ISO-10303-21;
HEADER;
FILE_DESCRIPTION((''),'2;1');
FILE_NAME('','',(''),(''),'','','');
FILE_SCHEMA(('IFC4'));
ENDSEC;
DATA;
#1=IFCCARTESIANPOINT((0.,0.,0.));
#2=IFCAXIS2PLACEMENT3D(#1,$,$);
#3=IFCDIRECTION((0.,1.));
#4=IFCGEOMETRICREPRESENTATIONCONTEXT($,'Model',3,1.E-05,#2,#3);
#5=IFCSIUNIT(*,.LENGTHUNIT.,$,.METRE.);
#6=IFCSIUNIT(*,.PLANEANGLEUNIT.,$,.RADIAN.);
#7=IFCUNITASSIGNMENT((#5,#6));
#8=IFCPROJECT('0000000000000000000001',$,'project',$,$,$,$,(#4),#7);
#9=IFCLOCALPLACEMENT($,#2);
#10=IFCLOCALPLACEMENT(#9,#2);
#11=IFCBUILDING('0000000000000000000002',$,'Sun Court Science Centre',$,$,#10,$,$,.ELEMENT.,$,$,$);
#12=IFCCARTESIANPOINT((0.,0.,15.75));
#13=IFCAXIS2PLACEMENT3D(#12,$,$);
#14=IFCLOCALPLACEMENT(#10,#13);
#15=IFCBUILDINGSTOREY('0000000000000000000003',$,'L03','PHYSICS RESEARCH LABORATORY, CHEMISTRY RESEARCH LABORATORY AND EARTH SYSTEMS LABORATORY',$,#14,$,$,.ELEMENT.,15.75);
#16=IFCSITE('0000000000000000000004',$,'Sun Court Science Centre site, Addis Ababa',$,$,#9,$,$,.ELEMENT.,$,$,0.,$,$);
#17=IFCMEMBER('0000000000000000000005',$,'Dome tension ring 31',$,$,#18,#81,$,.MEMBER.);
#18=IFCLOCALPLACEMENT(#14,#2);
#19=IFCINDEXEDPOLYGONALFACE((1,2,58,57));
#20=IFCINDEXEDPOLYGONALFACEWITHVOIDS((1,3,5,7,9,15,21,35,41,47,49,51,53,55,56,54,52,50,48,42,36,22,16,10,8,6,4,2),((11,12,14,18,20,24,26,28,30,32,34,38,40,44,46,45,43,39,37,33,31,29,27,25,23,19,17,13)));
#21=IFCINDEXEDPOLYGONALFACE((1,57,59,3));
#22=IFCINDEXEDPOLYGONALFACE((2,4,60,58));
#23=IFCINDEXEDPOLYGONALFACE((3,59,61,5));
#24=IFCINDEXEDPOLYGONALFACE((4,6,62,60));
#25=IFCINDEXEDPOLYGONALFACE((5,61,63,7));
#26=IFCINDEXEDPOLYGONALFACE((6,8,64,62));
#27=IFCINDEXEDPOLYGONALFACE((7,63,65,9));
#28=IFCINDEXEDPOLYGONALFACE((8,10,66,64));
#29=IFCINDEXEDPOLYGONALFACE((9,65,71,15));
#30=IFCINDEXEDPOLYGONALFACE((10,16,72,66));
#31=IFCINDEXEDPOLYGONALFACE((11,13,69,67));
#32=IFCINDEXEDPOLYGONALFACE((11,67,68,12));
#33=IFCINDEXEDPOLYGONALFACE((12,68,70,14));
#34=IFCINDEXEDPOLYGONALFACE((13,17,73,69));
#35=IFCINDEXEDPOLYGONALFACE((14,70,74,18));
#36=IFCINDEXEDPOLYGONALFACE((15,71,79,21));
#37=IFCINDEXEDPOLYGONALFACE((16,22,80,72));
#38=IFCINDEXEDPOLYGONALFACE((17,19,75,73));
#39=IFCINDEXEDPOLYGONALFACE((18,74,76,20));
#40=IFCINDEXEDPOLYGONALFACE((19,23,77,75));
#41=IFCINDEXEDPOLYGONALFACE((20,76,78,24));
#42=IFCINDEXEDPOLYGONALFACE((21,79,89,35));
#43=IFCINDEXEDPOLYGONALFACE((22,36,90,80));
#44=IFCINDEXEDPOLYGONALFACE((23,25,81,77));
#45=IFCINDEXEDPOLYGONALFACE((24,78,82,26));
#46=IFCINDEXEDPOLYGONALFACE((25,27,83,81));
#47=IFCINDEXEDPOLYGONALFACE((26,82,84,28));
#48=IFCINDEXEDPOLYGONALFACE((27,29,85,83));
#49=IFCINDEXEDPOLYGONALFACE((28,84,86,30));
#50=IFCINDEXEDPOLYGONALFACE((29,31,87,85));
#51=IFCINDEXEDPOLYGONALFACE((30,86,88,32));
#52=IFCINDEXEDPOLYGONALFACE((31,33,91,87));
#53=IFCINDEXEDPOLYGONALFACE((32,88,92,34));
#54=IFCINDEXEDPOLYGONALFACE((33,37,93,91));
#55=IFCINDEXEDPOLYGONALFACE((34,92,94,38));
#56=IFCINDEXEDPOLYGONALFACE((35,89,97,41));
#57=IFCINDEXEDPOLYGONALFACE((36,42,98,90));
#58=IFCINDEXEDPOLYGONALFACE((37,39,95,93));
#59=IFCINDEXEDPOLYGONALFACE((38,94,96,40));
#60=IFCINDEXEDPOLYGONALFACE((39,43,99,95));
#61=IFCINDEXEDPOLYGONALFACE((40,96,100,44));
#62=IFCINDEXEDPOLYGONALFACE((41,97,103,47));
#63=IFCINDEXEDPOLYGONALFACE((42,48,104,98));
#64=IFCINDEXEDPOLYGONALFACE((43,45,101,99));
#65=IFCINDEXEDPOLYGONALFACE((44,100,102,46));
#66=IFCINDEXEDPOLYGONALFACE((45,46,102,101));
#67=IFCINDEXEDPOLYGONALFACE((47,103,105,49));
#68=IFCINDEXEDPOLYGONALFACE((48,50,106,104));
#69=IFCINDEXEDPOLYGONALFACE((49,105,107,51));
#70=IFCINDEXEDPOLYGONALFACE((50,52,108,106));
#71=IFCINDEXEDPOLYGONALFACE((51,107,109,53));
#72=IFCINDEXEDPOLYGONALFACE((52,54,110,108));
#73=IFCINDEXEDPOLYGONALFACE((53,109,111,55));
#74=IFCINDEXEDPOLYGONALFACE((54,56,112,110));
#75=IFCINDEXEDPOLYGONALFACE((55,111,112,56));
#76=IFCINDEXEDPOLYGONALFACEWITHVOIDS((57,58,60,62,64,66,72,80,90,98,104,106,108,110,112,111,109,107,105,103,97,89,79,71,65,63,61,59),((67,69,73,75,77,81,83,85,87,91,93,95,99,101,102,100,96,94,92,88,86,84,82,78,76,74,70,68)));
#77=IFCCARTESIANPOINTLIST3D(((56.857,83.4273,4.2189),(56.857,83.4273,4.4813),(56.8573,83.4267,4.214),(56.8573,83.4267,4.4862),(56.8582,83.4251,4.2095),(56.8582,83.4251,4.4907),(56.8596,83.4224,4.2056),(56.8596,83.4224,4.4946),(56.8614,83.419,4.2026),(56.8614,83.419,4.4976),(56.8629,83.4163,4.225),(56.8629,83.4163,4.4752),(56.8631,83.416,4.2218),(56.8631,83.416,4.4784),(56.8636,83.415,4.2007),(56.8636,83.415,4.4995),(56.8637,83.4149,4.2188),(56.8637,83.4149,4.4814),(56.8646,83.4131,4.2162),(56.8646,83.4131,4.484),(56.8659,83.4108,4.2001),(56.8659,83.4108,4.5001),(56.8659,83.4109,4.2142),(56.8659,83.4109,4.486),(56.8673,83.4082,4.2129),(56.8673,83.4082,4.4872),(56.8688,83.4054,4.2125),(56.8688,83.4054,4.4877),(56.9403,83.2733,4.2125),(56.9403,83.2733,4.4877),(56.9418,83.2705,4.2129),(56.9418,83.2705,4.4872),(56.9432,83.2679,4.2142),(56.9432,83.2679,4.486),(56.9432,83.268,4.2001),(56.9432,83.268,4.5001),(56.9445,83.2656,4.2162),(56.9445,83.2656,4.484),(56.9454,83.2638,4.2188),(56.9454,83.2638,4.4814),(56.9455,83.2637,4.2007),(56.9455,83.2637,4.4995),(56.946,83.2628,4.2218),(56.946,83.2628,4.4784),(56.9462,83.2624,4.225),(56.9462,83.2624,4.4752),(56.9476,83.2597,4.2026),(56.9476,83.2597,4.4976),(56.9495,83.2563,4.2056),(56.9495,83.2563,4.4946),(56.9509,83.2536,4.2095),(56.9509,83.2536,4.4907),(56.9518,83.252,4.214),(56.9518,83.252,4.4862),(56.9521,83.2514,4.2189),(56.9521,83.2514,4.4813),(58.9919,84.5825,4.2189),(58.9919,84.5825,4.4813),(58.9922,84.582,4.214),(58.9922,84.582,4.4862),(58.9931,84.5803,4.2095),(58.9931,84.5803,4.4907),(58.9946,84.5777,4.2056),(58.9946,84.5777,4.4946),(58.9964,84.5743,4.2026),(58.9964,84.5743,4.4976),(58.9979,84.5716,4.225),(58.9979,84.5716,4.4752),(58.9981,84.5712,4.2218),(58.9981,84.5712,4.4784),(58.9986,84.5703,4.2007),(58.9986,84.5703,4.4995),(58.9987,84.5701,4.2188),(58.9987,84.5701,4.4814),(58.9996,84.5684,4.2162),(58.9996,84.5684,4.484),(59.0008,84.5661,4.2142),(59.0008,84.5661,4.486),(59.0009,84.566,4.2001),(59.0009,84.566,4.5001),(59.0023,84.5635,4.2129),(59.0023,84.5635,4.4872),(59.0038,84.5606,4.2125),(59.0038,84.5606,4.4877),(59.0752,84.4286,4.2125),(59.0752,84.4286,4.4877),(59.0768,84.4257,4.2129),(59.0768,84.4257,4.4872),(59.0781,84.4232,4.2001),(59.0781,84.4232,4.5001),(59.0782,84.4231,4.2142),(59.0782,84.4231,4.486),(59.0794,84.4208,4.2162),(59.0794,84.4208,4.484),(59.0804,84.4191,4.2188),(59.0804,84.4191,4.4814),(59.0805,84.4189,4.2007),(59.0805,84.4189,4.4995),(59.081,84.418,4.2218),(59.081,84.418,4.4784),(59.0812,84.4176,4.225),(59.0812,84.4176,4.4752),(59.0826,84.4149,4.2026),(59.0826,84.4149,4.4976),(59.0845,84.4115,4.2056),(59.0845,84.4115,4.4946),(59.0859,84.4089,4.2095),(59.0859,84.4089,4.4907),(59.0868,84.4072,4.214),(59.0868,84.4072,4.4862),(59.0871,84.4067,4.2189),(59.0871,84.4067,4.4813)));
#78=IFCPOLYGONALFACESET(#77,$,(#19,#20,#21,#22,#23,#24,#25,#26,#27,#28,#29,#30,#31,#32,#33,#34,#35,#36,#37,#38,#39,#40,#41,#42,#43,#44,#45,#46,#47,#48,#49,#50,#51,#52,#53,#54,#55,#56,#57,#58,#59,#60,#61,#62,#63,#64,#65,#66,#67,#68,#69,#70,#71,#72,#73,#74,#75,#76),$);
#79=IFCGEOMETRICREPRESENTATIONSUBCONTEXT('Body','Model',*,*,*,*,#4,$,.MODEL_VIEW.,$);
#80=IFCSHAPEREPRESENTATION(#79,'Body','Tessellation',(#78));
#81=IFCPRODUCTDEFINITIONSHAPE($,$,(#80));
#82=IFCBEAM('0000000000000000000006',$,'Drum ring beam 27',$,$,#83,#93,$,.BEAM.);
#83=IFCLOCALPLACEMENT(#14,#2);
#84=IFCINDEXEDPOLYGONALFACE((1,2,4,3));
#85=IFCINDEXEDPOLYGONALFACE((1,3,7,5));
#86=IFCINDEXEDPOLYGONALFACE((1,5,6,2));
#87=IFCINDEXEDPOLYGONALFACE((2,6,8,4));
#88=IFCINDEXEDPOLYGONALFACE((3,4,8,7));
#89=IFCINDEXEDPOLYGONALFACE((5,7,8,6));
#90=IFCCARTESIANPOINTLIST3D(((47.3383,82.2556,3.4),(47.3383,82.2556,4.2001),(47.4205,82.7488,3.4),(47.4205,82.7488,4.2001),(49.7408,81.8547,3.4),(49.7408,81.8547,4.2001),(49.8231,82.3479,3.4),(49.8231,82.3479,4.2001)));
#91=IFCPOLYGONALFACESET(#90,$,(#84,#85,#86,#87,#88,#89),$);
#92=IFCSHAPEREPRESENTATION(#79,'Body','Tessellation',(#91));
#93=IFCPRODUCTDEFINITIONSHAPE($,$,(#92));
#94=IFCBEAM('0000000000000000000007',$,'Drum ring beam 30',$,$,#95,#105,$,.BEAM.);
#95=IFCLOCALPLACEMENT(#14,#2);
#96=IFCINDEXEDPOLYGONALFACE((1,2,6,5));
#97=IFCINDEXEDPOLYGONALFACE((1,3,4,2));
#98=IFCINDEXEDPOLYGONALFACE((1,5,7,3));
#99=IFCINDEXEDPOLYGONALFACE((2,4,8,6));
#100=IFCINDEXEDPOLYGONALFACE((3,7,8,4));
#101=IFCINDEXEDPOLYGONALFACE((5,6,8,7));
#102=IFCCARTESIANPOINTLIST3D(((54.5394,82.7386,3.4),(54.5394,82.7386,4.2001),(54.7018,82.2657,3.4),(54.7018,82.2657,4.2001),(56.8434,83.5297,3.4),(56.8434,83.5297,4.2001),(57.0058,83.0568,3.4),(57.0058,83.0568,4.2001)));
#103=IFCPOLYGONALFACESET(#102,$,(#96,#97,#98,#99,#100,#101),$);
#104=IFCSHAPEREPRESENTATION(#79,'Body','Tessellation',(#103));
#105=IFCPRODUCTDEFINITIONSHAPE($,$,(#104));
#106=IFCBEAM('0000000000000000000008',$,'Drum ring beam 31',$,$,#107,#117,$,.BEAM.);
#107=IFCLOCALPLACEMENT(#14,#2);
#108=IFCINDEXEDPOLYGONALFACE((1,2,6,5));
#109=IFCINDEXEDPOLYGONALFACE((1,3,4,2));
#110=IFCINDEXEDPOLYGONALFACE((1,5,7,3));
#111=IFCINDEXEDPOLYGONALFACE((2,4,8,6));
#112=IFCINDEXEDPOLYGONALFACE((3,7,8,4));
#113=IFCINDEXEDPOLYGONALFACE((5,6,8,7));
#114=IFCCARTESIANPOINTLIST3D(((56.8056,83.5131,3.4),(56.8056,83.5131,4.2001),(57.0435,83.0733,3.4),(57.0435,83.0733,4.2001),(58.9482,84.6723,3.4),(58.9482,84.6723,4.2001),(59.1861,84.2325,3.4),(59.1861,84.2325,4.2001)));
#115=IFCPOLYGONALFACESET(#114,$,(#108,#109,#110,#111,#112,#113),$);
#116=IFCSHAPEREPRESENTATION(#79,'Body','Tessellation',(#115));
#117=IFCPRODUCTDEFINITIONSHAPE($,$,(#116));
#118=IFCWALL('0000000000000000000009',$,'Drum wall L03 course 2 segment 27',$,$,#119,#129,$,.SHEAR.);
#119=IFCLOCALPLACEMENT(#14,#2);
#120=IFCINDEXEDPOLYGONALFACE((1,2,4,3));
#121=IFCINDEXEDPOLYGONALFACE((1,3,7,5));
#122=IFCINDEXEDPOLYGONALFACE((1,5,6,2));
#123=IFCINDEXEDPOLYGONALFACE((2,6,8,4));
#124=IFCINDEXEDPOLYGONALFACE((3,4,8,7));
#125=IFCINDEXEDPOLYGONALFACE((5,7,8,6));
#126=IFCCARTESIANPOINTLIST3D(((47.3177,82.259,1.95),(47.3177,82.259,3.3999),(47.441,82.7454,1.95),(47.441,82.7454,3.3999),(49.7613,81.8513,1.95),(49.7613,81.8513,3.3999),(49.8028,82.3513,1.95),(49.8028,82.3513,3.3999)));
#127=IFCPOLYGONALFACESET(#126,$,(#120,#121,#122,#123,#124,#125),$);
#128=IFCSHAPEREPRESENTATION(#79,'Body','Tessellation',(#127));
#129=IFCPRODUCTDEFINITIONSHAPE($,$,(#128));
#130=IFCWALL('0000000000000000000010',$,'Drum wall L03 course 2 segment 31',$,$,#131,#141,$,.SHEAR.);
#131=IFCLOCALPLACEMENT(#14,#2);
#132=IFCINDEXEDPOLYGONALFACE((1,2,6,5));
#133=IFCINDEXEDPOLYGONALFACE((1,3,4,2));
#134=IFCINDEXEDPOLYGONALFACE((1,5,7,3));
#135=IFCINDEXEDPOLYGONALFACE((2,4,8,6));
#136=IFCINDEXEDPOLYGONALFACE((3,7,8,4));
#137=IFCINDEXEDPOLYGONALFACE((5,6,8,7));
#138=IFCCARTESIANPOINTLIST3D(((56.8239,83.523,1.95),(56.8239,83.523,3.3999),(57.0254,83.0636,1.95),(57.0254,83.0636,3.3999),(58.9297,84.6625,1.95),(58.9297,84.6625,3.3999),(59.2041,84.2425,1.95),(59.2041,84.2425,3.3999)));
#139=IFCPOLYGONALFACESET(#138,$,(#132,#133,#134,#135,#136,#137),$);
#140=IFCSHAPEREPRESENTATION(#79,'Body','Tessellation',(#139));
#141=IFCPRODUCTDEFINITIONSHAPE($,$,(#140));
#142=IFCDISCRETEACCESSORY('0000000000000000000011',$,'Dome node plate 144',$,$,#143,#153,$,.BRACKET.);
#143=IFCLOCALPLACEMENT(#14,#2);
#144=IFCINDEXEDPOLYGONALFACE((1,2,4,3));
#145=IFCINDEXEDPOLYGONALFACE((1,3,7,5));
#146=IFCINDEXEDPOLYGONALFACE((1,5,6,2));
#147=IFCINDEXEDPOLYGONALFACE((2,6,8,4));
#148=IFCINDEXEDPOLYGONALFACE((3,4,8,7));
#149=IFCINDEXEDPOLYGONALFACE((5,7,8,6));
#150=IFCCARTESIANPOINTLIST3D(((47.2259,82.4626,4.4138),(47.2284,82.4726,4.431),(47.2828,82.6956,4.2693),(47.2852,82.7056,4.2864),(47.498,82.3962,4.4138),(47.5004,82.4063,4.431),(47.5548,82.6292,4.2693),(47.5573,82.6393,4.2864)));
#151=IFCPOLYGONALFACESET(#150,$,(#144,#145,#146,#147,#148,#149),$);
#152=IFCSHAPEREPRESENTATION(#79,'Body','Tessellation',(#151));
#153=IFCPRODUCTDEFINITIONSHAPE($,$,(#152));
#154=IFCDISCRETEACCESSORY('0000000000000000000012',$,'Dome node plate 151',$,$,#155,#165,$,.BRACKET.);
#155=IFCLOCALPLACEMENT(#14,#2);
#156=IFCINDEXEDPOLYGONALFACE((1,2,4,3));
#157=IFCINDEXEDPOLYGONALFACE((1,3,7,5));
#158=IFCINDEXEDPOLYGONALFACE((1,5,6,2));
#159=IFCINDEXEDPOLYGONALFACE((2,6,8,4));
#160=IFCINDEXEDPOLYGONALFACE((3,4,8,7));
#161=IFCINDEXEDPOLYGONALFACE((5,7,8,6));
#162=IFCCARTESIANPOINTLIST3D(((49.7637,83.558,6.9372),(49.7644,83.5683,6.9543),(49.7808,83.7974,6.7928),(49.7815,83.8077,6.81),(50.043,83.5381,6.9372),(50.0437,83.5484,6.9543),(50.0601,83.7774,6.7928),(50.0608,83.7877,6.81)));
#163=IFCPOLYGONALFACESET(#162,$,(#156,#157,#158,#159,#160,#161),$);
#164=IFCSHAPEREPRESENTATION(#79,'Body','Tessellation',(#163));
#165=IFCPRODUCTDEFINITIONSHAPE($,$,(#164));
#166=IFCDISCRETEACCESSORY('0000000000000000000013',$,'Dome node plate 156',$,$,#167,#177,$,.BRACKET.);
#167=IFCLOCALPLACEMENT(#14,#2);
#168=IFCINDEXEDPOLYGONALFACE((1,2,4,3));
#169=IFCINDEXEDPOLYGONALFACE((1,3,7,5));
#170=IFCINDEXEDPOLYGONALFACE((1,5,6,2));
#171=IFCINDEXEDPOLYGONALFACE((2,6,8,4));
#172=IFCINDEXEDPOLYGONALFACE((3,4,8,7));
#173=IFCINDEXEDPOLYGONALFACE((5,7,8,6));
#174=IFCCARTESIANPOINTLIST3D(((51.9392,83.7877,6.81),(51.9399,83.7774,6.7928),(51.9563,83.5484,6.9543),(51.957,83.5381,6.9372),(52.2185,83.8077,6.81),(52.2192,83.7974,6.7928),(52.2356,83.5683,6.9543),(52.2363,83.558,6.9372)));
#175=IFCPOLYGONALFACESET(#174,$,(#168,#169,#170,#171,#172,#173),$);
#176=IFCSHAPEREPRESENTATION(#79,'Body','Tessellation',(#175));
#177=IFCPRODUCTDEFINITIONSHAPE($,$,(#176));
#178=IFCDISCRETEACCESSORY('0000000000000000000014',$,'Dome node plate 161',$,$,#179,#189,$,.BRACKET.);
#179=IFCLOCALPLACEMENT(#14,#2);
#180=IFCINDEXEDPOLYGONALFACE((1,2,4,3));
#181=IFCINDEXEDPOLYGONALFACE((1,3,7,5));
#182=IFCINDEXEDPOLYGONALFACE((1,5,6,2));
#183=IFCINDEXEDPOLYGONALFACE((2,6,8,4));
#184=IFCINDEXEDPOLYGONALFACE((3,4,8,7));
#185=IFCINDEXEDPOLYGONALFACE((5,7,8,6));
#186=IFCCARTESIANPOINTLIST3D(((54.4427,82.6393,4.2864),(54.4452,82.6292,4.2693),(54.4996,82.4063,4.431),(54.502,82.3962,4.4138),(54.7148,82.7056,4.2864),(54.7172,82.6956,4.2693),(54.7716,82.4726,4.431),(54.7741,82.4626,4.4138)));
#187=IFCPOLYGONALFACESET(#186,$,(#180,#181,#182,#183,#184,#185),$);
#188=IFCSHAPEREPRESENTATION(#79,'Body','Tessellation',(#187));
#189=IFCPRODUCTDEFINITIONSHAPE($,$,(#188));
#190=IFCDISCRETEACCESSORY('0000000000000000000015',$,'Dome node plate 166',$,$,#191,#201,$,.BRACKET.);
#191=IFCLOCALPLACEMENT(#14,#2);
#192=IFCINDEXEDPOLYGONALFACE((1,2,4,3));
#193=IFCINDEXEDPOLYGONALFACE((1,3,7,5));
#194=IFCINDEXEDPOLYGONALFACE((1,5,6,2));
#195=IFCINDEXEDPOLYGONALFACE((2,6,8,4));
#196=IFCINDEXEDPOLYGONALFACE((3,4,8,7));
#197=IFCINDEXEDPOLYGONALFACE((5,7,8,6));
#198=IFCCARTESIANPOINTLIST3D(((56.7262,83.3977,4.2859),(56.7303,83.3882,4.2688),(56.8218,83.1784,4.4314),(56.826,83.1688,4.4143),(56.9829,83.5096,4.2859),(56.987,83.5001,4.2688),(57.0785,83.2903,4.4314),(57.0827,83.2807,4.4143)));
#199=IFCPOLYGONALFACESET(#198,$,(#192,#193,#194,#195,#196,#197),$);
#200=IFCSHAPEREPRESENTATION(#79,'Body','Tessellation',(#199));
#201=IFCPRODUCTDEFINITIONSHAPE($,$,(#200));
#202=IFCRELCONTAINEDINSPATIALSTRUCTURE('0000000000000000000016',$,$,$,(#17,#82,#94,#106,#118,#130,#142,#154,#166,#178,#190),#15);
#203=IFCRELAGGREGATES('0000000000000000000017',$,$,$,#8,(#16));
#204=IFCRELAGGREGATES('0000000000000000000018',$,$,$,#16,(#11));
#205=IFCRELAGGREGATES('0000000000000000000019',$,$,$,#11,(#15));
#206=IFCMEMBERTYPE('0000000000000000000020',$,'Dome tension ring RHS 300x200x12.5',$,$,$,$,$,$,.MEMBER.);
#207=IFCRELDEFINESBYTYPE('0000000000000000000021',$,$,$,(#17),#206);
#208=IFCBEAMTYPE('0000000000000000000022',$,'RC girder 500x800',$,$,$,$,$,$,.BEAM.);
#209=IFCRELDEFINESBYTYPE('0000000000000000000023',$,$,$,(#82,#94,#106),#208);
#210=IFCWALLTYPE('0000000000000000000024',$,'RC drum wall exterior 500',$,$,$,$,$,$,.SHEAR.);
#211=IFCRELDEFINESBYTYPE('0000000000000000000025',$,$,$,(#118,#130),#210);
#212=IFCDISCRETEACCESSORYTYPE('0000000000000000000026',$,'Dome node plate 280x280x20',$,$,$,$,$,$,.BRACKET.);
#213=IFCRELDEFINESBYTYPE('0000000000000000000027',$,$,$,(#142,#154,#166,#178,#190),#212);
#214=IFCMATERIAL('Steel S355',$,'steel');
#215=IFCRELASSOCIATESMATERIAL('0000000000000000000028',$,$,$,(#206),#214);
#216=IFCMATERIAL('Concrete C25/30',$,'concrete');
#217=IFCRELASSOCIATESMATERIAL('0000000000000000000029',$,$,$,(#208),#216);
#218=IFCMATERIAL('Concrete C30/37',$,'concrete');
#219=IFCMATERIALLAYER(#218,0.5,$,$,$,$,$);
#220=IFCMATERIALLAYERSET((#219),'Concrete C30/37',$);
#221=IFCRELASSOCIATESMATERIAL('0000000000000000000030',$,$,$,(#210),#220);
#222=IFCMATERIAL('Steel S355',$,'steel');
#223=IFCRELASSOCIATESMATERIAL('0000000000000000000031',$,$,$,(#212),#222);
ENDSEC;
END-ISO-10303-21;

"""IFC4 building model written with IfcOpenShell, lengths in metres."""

from ifc_helpers import new_model, si_unit, direction, frame, origin, origin_2d, place, context, subcontext, project, spatial, polyline, rectangle, hollow_rectangle, outline, extrude, material, layer, layer_set, material_profile, profile_set, type_object, element, save


model = new_model("IFC4")

# Units and contexts
model_context = context("Model", 3, precision=1e-05, world=origin(), true_north=direction((0.0, 1.0)))
body_context = subcontext(model_context, "Body", "Model", "MODEL_VIEW")
ifc_project = project(units=[si_unit("LENGTHUNIT", "METRE"), si_unit("PLANEANGLEUNIT", "RADIAN")], contexts=[model_context])

# Site, building, storey
site_placement = place(None, origin())
site = spatial("IfcSite", under=ifc_project, at=site_placement, Name="Sun Court Science Centre site, Addis Ababa", CompositionType="ELEMENT", RefElevation=0.0)
building_placement = place(site_placement, origin())
building = spatial("IfcBuilding", under=site, at=building_placement, Name="Sun Court Science Centre", CompositionType="ELEMENT")
storey_placement = place(building_placement, frame((0.0, 0.0, 15.75)))
storey = spatial("IfcBuildingStorey", under=building, at=storey_placement, Name="L03", Description="PHYSICS RESEARCH LABORATORY, CHEMISTRY RESEARCH LABORATORY AND EARTH SYSTEMS LABORATORY", CompositionType="ELEMENT", Elevation=15.75)

# Member
ifc_material_1 = material(Name="Steel S355", Category="steel")
ifc_material_profile_1 = material_profile(ifc_material_1, hollow_rectangle(XDim=0.2, YDim=0.3, WallThickness=0.0125, InnerFilletRadius=0.0125, OuterFilletRadius=0.0188, at=origin_2d()), Name="RHS 300x200x12.5")
ifc_profile_set_1 = profile_set([ifc_material_profile_1], Name="Steel S355")
member_type_1 = type_object("IfcMemberType", Name="Dome tension ring RHS 300x200x12.5", PredefinedType="MEMBER", material=ifc_profile_set_1)
member_1_placement = place(storey_placement, frame((56.9045, 83.3394, 4.3501), z_axis=(0.879497, 0.475904, 0.0), x_axis=(-0.475904, 0.879497, 0.0)))
element("IfcMember", 1, at=member_1_placement, inside=storey, type_object=member_type_1, Name="Dome tension ring 31", PredefinedType="MEMBER", context=body_context, shape_type="SweptSolid", body=[
    extrude(hollow_rectangle(XDim=0.2, YDim=0.3, WallThickness=0.0125, InnerFilletRadius=0.0125, OuterFilletRadius=0.0188, at=origin_2d()), origin(), (0.0, 0.0, 1.0), 2.4275),
])

# Beams
ifc_material_2 = material(Name="Concrete C25/30", Category="concrete")
ifc_material_profile_2 = material_profile(ifc_material_2, rectangle(XDim=0.5, YDim=0.8, at=origin_2d()), Name="RC 500x800")
ifc_profile_set_2 = profile_set([ifc_material_profile_2], Name="Concrete C25/30")
beam_type = type_object("IfcBeamType", Name="RC girder 500x800", PredefinedType="BEAM", material=ifc_profile_set_2)
beam_placement = place(storey_placement, frame((47.3794, 82.5022, 3.8), z_axis=(0.986364, -0.164578, 0.0), x_axis=(0.164578, 0.986364, 0.0)))
element("IfcBeam", 2, at=beam_placement, inside=storey, type_object=beam_type, Name="Drum ring beam 27", PredefinedType="BEAM", context=body_context, shape_type="SweptSolid", body=[
    extrude(rectangle(XDim=0.5, YDim=0.8, at=origin_2d()), origin(), (0.0, 0.0, 1.0), 2.4358),
])
for number, where, z_axis, x_axis, name in (
    (3, (54.6206, 82.5022, 3.8), (0.945809, 0.324724, 0.0), (-0.324724, 0.945809, 0.0), "Drum ring beam 30"),
    (4, (56.9246, 83.2932, 3.8), (0.87953, 0.475844, 0.0), (-0.475844, 0.87953, 0.0), "Drum ring beam 31"),
):
    element("IfcBeam", number, at=place(storey_placement, frame(where, z_axis=z_axis, x_axis=x_axis)), inside=storey, type_object=beam_type, Name=name, PredefinedType="BEAM", context=body_context, shape_type="SweptSolid", body=[
        extrude(rectangle(XDim=0.5, YDim=0.8, at=origin_2d()), origin(), (0.0, 0.0, 1.0), 2.436),
    ])

# Walls
ifc_material_3 = material(Name="Concrete C30/37", Category="concrete")
ifc_layer = layer(ifc_material_3, 0.5)
ifc_layer_set = layer_set([ifc_layer], Name="Concrete C30/37")
wall_type = type_object("IfcWallType", Name="RC drum wall exterior 500", PredefinedType="SHEAR", material=ifc_layer_set)
wall_1_placement = place(storey_placement, frame((47.3589, 82.5056, 1.95), z_axis=(0.0, 0.0, 1.0), x_axis=(0.986365, -0.164575, 0.0)))
element("IfcWall", 5, at=wall_1_placement, inside=storey, type_object=wall_type, Name="Drum wall L03 course 2 segment 27", PredefinedType="SHEAR", context=body_context, shape_type="SweptSolid", body=[
    extrude(outline(polyline([(0.0, -0.25), (2.4773, -0.25), (2.436, 0.25), (0.0415, 0.25), (0.0, -0.25)])), origin(), (0.0, 0.0, 1.0), 1.45),
])
wall_2_placement = place(storey_placement, frame((56.9065, 83.2832, 1.95), z_axis=(0.0, 0.0, 1.0), x_axis=(0.87945, 0.475991, 0.0)))
element("IfcWall", 6, at=wall_2_placement, inside=storey, type_object=wall_type, Name="Drum wall L03 course 2 segment 31", PredefinedType="SHEAR", context=body_context, shape_type="SweptSolid", body=[
    extrude(outline(polyline([(0.0, -0.2498), (2.4773, -0.25), (2.4358, 0.25), (0.0415, 0.2502), (0.0, -0.2498)])), origin(), (0.0, 0.0, 1.0), 1.45),
])

# Discrete accessories
ifc_material_4 = material(Name="Steel S355", Category="steel")
ifc_material_profile_3 = material_profile(ifc_material_4, rectangle(XDim=0.28, YDim=0.28, at=origin_2d()), Name="PL 280x280")
ifc_profile_set_3 = profile_set([ifc_material_profile_3], Name="Steel S355")
discrete_accessory_type = type_object("IfcDiscreteAccessoryType", Name="Dome node plate 280x280x20", PredefinedType="BRACKET", material=ifc_profile_set_3)
for number, where, z_axis, x_axis, name in (
    (7, (47.3904, 82.5459, 4.3416), (0.122343, 0.501606, 0.856401), (-0.97152, 0.236956, 0.0), "Dome node plate 144"),
    (8, (49.9119, 83.6677, 6.865), (0.036725, 0.514149, 0.856914), (-0.997459, 0.071247, 0.0), "Dome node plate 151"),
    (9, (52.0881, 83.6677, 6.865), (-0.036725, 0.514149, 0.856914), (-0.997459, -0.071247, 0.0), "Dome node plate 156"),
    (10, (54.6096, 82.5459, 4.3416), (-0.122343, 0.501606, 0.856401), (-0.97152, -0.236956, 0.0), "Dome node plate 161"),
    (11, (56.9065, 83.3345, 4.3416), (-0.207533, 0.476106, 0.854549), (-0.916696, -0.399585, 0.0), "Dome node plate 166"),
):
    element("IfcDiscreteAccessory", number, at=place(storey_placement, frame(where, z_axis=z_axis, x_axis=x_axis)), inside=storey, type_object=discrete_accessory_type, Name=name, PredefinedType="BRACKET", context=body_context, shape_type="SweptSolid", body=[
        extrude(rectangle(XDim=0.28, YDim=0.28, at=origin_2d()), origin(), (0.0, 0.0, 1.0), 0.02),
    ])

save(model, "model.ifc")
